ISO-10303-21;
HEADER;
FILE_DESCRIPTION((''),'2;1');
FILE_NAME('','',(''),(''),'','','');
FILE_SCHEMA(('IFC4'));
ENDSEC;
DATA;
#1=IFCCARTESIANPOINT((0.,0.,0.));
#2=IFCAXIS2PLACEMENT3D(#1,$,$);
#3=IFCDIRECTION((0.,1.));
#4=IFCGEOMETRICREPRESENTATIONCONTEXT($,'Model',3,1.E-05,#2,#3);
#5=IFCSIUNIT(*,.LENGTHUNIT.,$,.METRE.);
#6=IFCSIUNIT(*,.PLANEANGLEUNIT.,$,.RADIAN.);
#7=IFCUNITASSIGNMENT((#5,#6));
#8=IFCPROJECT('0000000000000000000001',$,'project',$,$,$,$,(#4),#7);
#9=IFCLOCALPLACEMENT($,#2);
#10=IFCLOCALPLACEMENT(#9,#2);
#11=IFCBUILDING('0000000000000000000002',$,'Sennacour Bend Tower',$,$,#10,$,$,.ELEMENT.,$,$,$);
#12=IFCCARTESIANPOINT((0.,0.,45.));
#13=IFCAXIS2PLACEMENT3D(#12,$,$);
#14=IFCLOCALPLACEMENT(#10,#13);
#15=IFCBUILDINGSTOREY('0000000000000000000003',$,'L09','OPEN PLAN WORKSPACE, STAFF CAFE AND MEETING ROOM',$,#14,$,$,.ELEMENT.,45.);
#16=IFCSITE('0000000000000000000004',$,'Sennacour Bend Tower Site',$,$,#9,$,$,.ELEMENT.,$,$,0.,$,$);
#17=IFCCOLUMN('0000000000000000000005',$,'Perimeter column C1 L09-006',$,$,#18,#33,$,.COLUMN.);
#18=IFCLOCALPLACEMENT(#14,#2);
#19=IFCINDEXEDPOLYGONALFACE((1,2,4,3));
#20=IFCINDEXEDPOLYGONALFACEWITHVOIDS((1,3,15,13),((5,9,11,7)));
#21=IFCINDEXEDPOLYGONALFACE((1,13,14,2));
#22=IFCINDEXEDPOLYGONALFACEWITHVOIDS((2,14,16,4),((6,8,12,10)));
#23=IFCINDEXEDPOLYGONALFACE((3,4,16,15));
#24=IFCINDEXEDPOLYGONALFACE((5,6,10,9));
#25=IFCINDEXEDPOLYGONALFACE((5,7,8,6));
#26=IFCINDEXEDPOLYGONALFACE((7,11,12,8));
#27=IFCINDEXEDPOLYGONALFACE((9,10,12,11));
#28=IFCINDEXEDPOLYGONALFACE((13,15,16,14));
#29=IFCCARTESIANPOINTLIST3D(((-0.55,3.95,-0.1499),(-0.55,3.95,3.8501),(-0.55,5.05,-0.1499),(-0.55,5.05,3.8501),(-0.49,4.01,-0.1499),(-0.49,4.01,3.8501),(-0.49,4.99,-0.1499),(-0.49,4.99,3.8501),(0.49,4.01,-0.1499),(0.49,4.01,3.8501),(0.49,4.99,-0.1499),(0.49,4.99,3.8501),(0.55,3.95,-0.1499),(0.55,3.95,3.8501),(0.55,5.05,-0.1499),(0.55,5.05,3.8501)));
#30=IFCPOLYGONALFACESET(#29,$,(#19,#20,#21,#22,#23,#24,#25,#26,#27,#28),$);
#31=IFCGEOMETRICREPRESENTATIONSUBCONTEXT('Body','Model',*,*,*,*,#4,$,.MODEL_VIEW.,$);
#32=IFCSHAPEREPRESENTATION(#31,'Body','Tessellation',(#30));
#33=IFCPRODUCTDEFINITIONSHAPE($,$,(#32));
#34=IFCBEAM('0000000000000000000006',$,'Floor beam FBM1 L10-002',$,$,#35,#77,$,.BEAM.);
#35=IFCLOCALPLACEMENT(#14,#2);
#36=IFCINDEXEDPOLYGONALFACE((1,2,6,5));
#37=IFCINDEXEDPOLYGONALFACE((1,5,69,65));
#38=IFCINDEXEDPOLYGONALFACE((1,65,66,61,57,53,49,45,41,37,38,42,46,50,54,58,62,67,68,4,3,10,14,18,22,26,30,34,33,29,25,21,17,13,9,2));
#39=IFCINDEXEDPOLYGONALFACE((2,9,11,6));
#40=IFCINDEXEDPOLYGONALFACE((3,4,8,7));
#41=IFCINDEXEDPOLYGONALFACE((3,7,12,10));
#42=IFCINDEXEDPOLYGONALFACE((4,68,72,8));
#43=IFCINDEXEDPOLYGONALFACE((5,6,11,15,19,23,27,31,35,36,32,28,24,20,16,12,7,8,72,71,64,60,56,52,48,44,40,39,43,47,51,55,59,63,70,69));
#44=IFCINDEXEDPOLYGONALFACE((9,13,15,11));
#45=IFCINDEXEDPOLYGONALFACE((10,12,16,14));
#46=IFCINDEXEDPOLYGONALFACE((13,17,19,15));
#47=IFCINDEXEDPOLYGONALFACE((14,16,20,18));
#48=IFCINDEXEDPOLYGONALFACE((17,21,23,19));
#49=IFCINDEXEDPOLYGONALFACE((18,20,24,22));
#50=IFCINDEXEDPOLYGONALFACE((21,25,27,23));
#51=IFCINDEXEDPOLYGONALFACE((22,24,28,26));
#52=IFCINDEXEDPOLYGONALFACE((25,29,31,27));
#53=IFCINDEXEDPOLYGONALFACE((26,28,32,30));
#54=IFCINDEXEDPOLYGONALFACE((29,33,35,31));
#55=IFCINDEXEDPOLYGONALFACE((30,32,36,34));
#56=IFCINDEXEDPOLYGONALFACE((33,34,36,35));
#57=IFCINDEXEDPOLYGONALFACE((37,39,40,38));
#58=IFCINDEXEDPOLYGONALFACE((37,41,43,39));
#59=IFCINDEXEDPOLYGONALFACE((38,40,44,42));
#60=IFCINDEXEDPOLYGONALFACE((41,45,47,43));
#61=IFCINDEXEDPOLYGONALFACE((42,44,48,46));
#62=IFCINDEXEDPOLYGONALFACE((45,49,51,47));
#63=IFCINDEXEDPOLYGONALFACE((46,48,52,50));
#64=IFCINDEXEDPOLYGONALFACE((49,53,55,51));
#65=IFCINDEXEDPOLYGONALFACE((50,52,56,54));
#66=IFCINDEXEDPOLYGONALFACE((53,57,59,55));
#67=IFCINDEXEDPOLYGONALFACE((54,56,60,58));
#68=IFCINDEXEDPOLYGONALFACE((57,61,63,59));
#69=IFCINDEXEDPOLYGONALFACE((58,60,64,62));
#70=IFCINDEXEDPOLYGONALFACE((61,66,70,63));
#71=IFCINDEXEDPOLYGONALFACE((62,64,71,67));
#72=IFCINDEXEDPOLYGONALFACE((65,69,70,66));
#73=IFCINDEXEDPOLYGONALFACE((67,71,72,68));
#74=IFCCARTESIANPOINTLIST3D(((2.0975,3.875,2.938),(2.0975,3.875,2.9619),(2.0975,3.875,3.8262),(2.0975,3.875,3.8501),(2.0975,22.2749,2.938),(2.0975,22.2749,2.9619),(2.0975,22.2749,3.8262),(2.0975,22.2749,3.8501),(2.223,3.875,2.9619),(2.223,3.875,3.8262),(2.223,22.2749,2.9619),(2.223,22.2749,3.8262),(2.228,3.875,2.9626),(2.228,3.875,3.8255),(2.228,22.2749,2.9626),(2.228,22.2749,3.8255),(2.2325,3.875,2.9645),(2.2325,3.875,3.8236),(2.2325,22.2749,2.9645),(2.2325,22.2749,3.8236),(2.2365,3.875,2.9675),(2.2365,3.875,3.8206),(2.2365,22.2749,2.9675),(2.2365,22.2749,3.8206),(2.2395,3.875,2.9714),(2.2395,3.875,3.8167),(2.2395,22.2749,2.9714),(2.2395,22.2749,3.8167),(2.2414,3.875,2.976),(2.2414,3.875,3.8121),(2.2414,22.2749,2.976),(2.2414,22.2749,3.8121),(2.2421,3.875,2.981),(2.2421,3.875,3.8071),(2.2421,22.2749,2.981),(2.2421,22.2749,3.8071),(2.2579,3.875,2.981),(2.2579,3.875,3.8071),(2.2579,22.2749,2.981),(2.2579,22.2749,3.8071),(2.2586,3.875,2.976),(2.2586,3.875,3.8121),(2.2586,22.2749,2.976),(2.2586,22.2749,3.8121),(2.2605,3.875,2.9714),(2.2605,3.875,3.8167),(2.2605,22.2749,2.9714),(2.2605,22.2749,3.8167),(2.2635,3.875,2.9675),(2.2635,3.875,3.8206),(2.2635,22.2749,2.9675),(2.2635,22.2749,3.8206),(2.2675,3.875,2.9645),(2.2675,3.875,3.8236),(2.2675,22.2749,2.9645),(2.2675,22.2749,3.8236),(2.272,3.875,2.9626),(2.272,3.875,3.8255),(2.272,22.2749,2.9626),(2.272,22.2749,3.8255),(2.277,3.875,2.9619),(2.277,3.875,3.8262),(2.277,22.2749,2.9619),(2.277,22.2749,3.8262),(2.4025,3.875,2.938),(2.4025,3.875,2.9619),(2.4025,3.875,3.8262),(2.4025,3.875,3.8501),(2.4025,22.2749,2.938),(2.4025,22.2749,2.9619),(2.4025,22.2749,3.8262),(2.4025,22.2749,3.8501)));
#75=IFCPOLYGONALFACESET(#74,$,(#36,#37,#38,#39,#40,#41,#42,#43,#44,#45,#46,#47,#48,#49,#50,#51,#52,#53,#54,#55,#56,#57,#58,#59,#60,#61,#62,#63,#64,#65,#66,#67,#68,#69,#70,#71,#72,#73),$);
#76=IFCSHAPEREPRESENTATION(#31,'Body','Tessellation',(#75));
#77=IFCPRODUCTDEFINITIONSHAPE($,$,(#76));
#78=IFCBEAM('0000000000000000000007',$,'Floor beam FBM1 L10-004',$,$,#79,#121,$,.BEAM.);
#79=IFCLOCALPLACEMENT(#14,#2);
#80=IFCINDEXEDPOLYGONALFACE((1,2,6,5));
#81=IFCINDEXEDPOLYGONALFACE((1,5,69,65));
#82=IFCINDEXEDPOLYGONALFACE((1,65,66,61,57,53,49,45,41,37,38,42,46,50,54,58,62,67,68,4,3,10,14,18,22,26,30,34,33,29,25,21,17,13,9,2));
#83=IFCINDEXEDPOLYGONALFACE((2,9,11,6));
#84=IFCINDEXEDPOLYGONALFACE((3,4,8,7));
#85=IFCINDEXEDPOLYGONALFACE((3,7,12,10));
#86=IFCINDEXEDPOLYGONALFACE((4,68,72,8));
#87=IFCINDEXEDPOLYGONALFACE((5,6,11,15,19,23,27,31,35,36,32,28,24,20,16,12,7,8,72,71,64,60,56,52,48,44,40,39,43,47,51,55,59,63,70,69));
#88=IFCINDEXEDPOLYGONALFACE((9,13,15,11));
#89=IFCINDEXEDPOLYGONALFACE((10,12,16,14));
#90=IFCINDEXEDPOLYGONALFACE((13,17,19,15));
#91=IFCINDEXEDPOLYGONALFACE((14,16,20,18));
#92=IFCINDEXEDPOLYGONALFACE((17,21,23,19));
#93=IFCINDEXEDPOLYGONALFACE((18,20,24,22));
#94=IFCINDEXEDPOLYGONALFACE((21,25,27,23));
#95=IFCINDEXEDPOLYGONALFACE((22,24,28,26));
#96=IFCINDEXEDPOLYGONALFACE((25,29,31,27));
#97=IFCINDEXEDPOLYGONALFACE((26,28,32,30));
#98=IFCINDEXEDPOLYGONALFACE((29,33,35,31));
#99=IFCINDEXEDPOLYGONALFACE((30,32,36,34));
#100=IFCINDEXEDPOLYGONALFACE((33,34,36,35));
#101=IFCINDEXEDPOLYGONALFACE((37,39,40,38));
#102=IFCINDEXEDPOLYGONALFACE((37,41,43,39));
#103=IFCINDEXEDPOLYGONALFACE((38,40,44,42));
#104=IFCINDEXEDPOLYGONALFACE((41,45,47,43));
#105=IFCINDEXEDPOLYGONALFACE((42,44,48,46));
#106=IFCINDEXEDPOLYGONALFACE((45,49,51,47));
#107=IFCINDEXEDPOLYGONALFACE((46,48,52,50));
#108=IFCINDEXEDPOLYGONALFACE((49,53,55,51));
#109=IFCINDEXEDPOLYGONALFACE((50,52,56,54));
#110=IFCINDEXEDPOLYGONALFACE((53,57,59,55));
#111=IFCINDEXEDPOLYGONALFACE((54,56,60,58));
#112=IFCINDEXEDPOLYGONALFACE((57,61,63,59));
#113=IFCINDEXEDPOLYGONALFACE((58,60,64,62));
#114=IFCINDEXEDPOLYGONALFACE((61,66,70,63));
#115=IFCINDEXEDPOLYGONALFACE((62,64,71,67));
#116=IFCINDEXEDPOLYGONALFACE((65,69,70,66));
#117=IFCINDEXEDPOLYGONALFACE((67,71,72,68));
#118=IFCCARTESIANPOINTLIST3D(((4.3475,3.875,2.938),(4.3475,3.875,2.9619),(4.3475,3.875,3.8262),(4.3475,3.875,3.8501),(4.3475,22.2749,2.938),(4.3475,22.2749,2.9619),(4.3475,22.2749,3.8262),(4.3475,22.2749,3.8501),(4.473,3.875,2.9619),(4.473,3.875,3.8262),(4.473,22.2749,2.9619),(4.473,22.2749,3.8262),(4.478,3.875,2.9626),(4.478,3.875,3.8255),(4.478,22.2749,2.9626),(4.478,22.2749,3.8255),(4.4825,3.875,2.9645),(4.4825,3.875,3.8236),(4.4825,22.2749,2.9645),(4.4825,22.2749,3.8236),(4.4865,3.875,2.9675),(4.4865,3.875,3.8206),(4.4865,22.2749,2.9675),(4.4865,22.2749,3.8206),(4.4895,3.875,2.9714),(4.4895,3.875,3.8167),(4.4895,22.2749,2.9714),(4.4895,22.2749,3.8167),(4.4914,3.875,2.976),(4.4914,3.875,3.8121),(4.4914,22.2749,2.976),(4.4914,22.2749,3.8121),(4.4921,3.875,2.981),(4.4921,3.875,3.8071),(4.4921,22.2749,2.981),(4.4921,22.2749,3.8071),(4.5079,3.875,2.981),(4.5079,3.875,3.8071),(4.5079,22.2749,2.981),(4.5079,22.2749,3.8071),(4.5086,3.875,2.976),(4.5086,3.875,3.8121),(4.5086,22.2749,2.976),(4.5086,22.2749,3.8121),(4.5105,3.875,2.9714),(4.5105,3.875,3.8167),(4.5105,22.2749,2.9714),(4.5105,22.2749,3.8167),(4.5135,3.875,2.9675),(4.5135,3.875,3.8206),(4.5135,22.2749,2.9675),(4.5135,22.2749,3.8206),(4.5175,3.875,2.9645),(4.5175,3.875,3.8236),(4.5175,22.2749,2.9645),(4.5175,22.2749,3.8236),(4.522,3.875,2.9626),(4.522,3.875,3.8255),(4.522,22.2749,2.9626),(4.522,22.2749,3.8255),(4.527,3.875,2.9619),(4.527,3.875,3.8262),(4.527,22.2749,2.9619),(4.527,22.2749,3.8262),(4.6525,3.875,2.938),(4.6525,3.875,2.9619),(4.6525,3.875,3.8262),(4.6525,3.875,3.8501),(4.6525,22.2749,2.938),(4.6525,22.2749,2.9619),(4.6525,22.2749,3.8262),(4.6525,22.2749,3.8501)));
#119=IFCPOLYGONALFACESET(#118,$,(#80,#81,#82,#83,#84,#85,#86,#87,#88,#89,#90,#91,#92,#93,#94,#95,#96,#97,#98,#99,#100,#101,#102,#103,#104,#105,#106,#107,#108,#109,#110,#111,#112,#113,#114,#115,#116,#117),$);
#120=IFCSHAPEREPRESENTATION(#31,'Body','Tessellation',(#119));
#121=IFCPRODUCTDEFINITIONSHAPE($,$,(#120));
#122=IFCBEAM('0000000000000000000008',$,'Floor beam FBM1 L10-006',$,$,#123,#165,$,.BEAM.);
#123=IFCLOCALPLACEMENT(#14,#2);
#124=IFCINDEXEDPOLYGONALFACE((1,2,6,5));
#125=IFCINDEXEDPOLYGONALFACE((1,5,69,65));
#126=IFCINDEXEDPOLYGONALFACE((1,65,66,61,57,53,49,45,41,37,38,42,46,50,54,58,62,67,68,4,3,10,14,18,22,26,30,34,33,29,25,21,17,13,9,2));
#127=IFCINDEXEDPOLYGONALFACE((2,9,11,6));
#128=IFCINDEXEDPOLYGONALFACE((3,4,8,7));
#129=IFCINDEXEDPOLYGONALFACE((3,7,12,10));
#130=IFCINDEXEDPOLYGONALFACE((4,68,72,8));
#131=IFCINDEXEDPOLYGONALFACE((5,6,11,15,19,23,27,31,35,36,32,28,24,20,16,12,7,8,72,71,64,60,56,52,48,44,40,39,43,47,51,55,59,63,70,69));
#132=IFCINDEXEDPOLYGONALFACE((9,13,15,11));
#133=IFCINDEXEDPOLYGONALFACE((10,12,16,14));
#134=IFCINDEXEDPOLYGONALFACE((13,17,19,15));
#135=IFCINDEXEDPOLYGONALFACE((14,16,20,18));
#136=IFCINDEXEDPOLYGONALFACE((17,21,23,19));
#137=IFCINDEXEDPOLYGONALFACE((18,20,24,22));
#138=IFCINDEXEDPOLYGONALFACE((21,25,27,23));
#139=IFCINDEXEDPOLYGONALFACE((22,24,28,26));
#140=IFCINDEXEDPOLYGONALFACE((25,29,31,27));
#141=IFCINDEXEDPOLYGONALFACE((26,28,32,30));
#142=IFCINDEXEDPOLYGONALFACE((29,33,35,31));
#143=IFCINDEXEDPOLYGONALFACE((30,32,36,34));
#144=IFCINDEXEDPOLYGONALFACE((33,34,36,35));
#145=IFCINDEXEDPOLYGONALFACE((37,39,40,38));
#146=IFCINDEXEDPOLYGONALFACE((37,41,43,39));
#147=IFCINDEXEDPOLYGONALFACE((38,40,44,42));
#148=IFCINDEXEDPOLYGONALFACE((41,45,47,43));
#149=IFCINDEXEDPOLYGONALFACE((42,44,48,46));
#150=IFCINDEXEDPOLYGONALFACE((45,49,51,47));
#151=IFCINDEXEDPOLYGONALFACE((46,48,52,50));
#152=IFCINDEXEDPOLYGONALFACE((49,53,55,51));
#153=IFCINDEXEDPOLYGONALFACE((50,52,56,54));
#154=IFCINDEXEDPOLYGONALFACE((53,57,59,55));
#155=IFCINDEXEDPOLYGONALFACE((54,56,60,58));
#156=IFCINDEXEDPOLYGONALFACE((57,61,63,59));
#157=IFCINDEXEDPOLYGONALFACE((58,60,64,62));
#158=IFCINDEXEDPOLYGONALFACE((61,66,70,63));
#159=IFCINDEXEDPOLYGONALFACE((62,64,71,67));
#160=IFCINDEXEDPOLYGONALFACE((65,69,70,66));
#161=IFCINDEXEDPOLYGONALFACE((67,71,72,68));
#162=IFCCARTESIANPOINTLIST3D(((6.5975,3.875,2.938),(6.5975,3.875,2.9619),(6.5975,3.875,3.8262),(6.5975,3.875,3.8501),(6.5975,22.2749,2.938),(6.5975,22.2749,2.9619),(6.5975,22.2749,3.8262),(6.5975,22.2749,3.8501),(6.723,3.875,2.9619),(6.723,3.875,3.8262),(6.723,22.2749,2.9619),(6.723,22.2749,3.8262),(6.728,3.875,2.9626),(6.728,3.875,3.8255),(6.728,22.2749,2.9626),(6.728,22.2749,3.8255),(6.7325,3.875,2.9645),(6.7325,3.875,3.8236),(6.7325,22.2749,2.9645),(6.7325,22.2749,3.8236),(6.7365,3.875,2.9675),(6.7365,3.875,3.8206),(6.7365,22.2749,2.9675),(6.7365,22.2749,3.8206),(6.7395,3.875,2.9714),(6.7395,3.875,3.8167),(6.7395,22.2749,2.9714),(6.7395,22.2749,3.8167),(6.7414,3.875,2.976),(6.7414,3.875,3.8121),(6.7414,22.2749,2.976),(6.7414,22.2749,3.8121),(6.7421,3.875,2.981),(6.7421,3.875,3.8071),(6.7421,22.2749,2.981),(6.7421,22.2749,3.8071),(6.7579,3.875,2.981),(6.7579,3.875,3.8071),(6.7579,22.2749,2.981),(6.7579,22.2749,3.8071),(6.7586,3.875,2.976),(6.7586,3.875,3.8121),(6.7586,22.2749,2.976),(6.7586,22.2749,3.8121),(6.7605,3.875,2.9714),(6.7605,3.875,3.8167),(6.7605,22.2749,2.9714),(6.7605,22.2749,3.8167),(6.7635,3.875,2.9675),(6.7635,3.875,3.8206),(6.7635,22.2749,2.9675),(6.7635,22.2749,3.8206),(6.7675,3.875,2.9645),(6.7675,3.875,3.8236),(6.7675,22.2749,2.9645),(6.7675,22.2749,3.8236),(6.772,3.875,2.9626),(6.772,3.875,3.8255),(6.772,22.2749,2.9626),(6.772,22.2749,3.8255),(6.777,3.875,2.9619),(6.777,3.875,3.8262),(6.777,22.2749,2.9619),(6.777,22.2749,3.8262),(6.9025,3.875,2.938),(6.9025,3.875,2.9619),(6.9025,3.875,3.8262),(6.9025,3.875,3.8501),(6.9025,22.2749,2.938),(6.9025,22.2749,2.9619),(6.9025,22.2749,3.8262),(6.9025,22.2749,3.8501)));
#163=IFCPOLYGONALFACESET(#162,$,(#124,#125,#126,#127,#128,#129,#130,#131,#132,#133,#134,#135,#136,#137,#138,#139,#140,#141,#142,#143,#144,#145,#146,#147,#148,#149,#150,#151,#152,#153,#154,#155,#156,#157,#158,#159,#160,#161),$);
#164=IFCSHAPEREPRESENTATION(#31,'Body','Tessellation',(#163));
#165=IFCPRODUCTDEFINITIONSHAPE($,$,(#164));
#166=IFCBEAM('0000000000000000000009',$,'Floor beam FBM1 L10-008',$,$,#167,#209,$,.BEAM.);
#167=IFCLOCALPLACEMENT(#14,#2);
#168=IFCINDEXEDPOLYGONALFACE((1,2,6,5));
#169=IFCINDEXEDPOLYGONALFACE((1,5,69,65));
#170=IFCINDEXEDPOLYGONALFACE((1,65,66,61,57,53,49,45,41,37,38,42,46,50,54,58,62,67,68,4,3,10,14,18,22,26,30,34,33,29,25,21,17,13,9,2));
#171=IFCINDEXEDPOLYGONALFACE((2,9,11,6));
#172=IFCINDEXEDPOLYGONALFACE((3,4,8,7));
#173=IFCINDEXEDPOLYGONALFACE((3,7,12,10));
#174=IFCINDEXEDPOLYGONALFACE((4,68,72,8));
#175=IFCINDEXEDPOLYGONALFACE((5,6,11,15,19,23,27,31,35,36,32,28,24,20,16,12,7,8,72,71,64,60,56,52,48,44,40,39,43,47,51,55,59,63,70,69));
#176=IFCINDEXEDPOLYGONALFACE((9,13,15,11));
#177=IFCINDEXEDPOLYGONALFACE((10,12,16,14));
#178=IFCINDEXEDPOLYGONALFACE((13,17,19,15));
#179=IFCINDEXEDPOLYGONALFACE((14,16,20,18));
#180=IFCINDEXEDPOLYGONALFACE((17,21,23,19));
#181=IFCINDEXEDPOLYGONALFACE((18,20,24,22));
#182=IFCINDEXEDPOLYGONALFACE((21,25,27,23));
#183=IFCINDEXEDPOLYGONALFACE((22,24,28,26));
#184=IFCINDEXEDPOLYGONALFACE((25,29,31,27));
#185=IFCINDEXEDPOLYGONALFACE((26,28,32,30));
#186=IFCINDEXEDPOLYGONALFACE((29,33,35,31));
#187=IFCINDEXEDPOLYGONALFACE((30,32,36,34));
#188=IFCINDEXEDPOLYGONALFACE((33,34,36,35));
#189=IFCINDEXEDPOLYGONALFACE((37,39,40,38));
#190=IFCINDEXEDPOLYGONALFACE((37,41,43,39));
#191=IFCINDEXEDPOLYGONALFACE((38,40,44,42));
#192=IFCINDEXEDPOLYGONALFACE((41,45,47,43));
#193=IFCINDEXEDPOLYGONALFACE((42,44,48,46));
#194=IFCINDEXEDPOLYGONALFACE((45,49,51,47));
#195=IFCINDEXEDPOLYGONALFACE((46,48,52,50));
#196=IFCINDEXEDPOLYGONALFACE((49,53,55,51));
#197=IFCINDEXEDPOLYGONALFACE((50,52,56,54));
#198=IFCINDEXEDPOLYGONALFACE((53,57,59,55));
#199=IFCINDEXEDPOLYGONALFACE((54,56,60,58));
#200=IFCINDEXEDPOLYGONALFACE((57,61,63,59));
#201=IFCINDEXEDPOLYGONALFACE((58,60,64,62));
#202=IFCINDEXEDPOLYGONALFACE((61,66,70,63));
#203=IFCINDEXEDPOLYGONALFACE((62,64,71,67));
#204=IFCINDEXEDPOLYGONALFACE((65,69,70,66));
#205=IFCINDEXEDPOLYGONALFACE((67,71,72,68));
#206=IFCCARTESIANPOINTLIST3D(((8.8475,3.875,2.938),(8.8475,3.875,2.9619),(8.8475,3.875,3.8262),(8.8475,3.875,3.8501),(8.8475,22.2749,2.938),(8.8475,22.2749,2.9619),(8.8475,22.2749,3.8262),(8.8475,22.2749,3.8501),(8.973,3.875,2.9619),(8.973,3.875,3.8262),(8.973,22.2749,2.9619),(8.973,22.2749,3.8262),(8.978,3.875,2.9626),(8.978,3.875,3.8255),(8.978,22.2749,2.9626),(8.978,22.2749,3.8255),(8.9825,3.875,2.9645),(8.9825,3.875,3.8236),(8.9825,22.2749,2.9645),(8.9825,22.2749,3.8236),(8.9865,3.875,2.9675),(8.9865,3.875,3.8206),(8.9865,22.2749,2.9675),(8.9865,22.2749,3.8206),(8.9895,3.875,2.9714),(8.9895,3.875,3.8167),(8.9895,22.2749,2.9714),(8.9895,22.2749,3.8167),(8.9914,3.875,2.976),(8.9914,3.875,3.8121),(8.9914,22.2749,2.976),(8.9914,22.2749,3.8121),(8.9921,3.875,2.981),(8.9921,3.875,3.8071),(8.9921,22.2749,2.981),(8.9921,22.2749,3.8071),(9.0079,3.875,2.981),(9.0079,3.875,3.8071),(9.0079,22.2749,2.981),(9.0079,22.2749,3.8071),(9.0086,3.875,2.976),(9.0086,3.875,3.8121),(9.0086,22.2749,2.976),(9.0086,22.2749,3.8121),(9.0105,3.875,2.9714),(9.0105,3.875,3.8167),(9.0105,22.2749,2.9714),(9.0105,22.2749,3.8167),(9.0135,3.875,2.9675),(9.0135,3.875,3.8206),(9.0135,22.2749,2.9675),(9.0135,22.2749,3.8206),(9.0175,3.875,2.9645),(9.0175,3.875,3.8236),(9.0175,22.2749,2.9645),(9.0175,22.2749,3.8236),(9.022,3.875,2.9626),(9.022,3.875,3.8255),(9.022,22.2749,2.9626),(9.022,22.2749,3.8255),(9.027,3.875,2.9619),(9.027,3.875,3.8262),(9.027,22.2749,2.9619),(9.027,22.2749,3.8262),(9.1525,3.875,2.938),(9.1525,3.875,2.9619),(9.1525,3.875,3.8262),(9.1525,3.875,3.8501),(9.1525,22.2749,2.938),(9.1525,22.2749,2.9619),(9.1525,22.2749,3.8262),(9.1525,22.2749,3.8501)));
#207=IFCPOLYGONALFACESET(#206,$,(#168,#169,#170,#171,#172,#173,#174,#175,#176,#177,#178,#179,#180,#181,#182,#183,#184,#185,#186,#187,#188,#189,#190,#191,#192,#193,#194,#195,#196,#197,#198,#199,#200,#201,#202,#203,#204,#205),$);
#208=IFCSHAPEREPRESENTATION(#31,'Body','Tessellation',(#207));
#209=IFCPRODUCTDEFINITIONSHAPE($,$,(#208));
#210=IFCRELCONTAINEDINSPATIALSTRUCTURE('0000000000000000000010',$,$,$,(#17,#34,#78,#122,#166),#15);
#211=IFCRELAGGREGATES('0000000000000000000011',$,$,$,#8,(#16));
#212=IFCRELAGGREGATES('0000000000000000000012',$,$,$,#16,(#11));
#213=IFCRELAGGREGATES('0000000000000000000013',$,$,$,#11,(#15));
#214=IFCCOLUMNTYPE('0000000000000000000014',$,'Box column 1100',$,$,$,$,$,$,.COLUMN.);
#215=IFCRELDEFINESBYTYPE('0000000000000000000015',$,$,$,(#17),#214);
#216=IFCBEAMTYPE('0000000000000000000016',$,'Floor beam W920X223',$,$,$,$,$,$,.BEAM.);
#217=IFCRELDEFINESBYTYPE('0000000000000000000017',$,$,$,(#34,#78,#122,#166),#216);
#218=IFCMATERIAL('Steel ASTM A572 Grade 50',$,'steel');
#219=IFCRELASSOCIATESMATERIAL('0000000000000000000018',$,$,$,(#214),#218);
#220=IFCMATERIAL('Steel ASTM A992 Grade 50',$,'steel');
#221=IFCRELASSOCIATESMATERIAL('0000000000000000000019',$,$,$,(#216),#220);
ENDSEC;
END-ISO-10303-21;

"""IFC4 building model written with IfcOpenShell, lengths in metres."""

from ifc_helpers import new_model, si_unit, direction, frame, origin, origin_2d, place, context, subcontext, project, spatial, hollow_rectangle, i_section, extrude, material, material_profile, profile_set, type_object, element, save


model = new_model("IFC4")

# Units and contexts
model_context = context("Model", 3, precision=1e-05, world=origin(), true_north=direction((0.0, 1.0)))
body_context = subcontext(model_context, "Body", "Model", "MODEL_VIEW")
ifc_project = project(units=[si_unit("LENGTHUNIT", "METRE"), si_unit("PLANEANGLEUNIT", "RADIAN")], contexts=[model_context])

# Site, building, storey
site_placement = place(None, origin())
site = spatial("IfcSite", under=ifc_project, at=site_placement, Name="Sennacour Bend Tower Site", CompositionType="ELEMENT", RefElevation=0.0)
building_placement = place(site_placement, origin())
building = spatial("IfcBuilding", under=site, at=building_placement, Name="Sennacour Bend Tower", CompositionType="ELEMENT")
storey_placement = place(building_placement, frame((0.0, 0.0, 45.0)))
storey = spatial("IfcBuildingStorey", under=building, at=storey_placement, Name="L09", Description="OPEN PLAN WORKSPACE, STAFF CAFE AND MEETING ROOM", CompositionType="ELEMENT", Elevation=45.0)

# Column
ifc_material_1 = material(Name="Steel ASTM A572 Grade 50", Category="steel")
ifc_material_profile_1 = material_profile(ifc_material_1, hollow_rectangle(XDim=1.1001, YDim=1.1001, WallThickness=0.0601, at=origin_2d()), Name="Steel ASTM A572 Grade 50", Category="steel")
ifc_profile_set_1 = profile_set([ifc_material_profile_1], Name="Steel ASTM A572 Grade 50")
column_type = type_object("IfcColumnType", Name="Box column 1100", PredefinedType="COLUMN", material=ifc_profile_set_1)
column_placement = place(storey_placement, frame((0.0, 4.5, -0.1499), z_axis=(0.0, 0.0, 1.0), x_axis=(1.0, 0.0, 0.0)))
element("IfcColumn", 1, at=column_placement, inside=storey, type_object=column_type, Name="Perimeter column C1 L09-006", PredefinedType="COLUMN", context=body_context, shape_type="SweptSolid", body=[
    extrude(hollow_rectangle(XDim=1.1001, YDim=1.1001, WallThickness=0.0601, at=origin_2d()), origin(), (0.0, 0.0, 1.0), 4.0),
])

# Beams
ifc_material_2 = material(Name="Steel ASTM A992 Grade 50", Category="steel")
ifc_material_profile_2 = material_profile(ifc_material_2, i_section(OverallWidth=0.3049, OverallDepth=0.9121, WebThickness=0.0159, FlangeThickness=0.0239, FilletRadius=0.019, at=origin_2d()), Name="Steel ASTM A992 Grade 50", Category="steel")
ifc_profile_set_2 = profile_set([ifc_material_profile_2], Name="Steel ASTM A992 Grade 50")
beam_type_1 = type_object("IfcBeamType", Name="Floor beam W920X223", PredefinedType="BEAM", material=ifc_profile_set_2)
for number, where, z_axis, x_axis, name in (
    (2, (2.25, 3.875, 3.394), (0.0, 1.0, 0.0), (-1.0, 0.0, 0.0), "Floor beam FBM1 L10-002"),
    (3, (4.5, 3.875, 3.394), (0.0, 1.0, 0.0), (-1.0, 0.0, 0.0), "Floor beam FBM1 L10-004"),
    (4, (6.75, 3.875, 3.394), (0.0, 1.0, 0.0), (-1.0, 0.0, 0.0), "Floor beam FBM1 L10-006"),
    (5, (9.0, 3.875, 3.394), (0.0, 1.0, 0.0), (-1.0, 0.0, 0.0), "Floor beam FBM1 L10-008"),
):
    element("IfcBeam", number, at=place(storey_placement, frame(where, z_axis=z_axis, x_axis=x_axis)), inside=storey, type_object=beam_type_1, Name=name, PredefinedType="BEAM", context=body_context, shape_type="SweptSolid", body=[
        extrude(i_section(OverallWidth=0.3049, OverallDepth=0.9121, WebThickness=0.0159, FlangeThickness=0.0239, FilletRadius=0.019, at=origin_2d()), origin(), (0.0, 0.0, 1.0), 18.3999),
    ])

save(model, "model.ifc")
